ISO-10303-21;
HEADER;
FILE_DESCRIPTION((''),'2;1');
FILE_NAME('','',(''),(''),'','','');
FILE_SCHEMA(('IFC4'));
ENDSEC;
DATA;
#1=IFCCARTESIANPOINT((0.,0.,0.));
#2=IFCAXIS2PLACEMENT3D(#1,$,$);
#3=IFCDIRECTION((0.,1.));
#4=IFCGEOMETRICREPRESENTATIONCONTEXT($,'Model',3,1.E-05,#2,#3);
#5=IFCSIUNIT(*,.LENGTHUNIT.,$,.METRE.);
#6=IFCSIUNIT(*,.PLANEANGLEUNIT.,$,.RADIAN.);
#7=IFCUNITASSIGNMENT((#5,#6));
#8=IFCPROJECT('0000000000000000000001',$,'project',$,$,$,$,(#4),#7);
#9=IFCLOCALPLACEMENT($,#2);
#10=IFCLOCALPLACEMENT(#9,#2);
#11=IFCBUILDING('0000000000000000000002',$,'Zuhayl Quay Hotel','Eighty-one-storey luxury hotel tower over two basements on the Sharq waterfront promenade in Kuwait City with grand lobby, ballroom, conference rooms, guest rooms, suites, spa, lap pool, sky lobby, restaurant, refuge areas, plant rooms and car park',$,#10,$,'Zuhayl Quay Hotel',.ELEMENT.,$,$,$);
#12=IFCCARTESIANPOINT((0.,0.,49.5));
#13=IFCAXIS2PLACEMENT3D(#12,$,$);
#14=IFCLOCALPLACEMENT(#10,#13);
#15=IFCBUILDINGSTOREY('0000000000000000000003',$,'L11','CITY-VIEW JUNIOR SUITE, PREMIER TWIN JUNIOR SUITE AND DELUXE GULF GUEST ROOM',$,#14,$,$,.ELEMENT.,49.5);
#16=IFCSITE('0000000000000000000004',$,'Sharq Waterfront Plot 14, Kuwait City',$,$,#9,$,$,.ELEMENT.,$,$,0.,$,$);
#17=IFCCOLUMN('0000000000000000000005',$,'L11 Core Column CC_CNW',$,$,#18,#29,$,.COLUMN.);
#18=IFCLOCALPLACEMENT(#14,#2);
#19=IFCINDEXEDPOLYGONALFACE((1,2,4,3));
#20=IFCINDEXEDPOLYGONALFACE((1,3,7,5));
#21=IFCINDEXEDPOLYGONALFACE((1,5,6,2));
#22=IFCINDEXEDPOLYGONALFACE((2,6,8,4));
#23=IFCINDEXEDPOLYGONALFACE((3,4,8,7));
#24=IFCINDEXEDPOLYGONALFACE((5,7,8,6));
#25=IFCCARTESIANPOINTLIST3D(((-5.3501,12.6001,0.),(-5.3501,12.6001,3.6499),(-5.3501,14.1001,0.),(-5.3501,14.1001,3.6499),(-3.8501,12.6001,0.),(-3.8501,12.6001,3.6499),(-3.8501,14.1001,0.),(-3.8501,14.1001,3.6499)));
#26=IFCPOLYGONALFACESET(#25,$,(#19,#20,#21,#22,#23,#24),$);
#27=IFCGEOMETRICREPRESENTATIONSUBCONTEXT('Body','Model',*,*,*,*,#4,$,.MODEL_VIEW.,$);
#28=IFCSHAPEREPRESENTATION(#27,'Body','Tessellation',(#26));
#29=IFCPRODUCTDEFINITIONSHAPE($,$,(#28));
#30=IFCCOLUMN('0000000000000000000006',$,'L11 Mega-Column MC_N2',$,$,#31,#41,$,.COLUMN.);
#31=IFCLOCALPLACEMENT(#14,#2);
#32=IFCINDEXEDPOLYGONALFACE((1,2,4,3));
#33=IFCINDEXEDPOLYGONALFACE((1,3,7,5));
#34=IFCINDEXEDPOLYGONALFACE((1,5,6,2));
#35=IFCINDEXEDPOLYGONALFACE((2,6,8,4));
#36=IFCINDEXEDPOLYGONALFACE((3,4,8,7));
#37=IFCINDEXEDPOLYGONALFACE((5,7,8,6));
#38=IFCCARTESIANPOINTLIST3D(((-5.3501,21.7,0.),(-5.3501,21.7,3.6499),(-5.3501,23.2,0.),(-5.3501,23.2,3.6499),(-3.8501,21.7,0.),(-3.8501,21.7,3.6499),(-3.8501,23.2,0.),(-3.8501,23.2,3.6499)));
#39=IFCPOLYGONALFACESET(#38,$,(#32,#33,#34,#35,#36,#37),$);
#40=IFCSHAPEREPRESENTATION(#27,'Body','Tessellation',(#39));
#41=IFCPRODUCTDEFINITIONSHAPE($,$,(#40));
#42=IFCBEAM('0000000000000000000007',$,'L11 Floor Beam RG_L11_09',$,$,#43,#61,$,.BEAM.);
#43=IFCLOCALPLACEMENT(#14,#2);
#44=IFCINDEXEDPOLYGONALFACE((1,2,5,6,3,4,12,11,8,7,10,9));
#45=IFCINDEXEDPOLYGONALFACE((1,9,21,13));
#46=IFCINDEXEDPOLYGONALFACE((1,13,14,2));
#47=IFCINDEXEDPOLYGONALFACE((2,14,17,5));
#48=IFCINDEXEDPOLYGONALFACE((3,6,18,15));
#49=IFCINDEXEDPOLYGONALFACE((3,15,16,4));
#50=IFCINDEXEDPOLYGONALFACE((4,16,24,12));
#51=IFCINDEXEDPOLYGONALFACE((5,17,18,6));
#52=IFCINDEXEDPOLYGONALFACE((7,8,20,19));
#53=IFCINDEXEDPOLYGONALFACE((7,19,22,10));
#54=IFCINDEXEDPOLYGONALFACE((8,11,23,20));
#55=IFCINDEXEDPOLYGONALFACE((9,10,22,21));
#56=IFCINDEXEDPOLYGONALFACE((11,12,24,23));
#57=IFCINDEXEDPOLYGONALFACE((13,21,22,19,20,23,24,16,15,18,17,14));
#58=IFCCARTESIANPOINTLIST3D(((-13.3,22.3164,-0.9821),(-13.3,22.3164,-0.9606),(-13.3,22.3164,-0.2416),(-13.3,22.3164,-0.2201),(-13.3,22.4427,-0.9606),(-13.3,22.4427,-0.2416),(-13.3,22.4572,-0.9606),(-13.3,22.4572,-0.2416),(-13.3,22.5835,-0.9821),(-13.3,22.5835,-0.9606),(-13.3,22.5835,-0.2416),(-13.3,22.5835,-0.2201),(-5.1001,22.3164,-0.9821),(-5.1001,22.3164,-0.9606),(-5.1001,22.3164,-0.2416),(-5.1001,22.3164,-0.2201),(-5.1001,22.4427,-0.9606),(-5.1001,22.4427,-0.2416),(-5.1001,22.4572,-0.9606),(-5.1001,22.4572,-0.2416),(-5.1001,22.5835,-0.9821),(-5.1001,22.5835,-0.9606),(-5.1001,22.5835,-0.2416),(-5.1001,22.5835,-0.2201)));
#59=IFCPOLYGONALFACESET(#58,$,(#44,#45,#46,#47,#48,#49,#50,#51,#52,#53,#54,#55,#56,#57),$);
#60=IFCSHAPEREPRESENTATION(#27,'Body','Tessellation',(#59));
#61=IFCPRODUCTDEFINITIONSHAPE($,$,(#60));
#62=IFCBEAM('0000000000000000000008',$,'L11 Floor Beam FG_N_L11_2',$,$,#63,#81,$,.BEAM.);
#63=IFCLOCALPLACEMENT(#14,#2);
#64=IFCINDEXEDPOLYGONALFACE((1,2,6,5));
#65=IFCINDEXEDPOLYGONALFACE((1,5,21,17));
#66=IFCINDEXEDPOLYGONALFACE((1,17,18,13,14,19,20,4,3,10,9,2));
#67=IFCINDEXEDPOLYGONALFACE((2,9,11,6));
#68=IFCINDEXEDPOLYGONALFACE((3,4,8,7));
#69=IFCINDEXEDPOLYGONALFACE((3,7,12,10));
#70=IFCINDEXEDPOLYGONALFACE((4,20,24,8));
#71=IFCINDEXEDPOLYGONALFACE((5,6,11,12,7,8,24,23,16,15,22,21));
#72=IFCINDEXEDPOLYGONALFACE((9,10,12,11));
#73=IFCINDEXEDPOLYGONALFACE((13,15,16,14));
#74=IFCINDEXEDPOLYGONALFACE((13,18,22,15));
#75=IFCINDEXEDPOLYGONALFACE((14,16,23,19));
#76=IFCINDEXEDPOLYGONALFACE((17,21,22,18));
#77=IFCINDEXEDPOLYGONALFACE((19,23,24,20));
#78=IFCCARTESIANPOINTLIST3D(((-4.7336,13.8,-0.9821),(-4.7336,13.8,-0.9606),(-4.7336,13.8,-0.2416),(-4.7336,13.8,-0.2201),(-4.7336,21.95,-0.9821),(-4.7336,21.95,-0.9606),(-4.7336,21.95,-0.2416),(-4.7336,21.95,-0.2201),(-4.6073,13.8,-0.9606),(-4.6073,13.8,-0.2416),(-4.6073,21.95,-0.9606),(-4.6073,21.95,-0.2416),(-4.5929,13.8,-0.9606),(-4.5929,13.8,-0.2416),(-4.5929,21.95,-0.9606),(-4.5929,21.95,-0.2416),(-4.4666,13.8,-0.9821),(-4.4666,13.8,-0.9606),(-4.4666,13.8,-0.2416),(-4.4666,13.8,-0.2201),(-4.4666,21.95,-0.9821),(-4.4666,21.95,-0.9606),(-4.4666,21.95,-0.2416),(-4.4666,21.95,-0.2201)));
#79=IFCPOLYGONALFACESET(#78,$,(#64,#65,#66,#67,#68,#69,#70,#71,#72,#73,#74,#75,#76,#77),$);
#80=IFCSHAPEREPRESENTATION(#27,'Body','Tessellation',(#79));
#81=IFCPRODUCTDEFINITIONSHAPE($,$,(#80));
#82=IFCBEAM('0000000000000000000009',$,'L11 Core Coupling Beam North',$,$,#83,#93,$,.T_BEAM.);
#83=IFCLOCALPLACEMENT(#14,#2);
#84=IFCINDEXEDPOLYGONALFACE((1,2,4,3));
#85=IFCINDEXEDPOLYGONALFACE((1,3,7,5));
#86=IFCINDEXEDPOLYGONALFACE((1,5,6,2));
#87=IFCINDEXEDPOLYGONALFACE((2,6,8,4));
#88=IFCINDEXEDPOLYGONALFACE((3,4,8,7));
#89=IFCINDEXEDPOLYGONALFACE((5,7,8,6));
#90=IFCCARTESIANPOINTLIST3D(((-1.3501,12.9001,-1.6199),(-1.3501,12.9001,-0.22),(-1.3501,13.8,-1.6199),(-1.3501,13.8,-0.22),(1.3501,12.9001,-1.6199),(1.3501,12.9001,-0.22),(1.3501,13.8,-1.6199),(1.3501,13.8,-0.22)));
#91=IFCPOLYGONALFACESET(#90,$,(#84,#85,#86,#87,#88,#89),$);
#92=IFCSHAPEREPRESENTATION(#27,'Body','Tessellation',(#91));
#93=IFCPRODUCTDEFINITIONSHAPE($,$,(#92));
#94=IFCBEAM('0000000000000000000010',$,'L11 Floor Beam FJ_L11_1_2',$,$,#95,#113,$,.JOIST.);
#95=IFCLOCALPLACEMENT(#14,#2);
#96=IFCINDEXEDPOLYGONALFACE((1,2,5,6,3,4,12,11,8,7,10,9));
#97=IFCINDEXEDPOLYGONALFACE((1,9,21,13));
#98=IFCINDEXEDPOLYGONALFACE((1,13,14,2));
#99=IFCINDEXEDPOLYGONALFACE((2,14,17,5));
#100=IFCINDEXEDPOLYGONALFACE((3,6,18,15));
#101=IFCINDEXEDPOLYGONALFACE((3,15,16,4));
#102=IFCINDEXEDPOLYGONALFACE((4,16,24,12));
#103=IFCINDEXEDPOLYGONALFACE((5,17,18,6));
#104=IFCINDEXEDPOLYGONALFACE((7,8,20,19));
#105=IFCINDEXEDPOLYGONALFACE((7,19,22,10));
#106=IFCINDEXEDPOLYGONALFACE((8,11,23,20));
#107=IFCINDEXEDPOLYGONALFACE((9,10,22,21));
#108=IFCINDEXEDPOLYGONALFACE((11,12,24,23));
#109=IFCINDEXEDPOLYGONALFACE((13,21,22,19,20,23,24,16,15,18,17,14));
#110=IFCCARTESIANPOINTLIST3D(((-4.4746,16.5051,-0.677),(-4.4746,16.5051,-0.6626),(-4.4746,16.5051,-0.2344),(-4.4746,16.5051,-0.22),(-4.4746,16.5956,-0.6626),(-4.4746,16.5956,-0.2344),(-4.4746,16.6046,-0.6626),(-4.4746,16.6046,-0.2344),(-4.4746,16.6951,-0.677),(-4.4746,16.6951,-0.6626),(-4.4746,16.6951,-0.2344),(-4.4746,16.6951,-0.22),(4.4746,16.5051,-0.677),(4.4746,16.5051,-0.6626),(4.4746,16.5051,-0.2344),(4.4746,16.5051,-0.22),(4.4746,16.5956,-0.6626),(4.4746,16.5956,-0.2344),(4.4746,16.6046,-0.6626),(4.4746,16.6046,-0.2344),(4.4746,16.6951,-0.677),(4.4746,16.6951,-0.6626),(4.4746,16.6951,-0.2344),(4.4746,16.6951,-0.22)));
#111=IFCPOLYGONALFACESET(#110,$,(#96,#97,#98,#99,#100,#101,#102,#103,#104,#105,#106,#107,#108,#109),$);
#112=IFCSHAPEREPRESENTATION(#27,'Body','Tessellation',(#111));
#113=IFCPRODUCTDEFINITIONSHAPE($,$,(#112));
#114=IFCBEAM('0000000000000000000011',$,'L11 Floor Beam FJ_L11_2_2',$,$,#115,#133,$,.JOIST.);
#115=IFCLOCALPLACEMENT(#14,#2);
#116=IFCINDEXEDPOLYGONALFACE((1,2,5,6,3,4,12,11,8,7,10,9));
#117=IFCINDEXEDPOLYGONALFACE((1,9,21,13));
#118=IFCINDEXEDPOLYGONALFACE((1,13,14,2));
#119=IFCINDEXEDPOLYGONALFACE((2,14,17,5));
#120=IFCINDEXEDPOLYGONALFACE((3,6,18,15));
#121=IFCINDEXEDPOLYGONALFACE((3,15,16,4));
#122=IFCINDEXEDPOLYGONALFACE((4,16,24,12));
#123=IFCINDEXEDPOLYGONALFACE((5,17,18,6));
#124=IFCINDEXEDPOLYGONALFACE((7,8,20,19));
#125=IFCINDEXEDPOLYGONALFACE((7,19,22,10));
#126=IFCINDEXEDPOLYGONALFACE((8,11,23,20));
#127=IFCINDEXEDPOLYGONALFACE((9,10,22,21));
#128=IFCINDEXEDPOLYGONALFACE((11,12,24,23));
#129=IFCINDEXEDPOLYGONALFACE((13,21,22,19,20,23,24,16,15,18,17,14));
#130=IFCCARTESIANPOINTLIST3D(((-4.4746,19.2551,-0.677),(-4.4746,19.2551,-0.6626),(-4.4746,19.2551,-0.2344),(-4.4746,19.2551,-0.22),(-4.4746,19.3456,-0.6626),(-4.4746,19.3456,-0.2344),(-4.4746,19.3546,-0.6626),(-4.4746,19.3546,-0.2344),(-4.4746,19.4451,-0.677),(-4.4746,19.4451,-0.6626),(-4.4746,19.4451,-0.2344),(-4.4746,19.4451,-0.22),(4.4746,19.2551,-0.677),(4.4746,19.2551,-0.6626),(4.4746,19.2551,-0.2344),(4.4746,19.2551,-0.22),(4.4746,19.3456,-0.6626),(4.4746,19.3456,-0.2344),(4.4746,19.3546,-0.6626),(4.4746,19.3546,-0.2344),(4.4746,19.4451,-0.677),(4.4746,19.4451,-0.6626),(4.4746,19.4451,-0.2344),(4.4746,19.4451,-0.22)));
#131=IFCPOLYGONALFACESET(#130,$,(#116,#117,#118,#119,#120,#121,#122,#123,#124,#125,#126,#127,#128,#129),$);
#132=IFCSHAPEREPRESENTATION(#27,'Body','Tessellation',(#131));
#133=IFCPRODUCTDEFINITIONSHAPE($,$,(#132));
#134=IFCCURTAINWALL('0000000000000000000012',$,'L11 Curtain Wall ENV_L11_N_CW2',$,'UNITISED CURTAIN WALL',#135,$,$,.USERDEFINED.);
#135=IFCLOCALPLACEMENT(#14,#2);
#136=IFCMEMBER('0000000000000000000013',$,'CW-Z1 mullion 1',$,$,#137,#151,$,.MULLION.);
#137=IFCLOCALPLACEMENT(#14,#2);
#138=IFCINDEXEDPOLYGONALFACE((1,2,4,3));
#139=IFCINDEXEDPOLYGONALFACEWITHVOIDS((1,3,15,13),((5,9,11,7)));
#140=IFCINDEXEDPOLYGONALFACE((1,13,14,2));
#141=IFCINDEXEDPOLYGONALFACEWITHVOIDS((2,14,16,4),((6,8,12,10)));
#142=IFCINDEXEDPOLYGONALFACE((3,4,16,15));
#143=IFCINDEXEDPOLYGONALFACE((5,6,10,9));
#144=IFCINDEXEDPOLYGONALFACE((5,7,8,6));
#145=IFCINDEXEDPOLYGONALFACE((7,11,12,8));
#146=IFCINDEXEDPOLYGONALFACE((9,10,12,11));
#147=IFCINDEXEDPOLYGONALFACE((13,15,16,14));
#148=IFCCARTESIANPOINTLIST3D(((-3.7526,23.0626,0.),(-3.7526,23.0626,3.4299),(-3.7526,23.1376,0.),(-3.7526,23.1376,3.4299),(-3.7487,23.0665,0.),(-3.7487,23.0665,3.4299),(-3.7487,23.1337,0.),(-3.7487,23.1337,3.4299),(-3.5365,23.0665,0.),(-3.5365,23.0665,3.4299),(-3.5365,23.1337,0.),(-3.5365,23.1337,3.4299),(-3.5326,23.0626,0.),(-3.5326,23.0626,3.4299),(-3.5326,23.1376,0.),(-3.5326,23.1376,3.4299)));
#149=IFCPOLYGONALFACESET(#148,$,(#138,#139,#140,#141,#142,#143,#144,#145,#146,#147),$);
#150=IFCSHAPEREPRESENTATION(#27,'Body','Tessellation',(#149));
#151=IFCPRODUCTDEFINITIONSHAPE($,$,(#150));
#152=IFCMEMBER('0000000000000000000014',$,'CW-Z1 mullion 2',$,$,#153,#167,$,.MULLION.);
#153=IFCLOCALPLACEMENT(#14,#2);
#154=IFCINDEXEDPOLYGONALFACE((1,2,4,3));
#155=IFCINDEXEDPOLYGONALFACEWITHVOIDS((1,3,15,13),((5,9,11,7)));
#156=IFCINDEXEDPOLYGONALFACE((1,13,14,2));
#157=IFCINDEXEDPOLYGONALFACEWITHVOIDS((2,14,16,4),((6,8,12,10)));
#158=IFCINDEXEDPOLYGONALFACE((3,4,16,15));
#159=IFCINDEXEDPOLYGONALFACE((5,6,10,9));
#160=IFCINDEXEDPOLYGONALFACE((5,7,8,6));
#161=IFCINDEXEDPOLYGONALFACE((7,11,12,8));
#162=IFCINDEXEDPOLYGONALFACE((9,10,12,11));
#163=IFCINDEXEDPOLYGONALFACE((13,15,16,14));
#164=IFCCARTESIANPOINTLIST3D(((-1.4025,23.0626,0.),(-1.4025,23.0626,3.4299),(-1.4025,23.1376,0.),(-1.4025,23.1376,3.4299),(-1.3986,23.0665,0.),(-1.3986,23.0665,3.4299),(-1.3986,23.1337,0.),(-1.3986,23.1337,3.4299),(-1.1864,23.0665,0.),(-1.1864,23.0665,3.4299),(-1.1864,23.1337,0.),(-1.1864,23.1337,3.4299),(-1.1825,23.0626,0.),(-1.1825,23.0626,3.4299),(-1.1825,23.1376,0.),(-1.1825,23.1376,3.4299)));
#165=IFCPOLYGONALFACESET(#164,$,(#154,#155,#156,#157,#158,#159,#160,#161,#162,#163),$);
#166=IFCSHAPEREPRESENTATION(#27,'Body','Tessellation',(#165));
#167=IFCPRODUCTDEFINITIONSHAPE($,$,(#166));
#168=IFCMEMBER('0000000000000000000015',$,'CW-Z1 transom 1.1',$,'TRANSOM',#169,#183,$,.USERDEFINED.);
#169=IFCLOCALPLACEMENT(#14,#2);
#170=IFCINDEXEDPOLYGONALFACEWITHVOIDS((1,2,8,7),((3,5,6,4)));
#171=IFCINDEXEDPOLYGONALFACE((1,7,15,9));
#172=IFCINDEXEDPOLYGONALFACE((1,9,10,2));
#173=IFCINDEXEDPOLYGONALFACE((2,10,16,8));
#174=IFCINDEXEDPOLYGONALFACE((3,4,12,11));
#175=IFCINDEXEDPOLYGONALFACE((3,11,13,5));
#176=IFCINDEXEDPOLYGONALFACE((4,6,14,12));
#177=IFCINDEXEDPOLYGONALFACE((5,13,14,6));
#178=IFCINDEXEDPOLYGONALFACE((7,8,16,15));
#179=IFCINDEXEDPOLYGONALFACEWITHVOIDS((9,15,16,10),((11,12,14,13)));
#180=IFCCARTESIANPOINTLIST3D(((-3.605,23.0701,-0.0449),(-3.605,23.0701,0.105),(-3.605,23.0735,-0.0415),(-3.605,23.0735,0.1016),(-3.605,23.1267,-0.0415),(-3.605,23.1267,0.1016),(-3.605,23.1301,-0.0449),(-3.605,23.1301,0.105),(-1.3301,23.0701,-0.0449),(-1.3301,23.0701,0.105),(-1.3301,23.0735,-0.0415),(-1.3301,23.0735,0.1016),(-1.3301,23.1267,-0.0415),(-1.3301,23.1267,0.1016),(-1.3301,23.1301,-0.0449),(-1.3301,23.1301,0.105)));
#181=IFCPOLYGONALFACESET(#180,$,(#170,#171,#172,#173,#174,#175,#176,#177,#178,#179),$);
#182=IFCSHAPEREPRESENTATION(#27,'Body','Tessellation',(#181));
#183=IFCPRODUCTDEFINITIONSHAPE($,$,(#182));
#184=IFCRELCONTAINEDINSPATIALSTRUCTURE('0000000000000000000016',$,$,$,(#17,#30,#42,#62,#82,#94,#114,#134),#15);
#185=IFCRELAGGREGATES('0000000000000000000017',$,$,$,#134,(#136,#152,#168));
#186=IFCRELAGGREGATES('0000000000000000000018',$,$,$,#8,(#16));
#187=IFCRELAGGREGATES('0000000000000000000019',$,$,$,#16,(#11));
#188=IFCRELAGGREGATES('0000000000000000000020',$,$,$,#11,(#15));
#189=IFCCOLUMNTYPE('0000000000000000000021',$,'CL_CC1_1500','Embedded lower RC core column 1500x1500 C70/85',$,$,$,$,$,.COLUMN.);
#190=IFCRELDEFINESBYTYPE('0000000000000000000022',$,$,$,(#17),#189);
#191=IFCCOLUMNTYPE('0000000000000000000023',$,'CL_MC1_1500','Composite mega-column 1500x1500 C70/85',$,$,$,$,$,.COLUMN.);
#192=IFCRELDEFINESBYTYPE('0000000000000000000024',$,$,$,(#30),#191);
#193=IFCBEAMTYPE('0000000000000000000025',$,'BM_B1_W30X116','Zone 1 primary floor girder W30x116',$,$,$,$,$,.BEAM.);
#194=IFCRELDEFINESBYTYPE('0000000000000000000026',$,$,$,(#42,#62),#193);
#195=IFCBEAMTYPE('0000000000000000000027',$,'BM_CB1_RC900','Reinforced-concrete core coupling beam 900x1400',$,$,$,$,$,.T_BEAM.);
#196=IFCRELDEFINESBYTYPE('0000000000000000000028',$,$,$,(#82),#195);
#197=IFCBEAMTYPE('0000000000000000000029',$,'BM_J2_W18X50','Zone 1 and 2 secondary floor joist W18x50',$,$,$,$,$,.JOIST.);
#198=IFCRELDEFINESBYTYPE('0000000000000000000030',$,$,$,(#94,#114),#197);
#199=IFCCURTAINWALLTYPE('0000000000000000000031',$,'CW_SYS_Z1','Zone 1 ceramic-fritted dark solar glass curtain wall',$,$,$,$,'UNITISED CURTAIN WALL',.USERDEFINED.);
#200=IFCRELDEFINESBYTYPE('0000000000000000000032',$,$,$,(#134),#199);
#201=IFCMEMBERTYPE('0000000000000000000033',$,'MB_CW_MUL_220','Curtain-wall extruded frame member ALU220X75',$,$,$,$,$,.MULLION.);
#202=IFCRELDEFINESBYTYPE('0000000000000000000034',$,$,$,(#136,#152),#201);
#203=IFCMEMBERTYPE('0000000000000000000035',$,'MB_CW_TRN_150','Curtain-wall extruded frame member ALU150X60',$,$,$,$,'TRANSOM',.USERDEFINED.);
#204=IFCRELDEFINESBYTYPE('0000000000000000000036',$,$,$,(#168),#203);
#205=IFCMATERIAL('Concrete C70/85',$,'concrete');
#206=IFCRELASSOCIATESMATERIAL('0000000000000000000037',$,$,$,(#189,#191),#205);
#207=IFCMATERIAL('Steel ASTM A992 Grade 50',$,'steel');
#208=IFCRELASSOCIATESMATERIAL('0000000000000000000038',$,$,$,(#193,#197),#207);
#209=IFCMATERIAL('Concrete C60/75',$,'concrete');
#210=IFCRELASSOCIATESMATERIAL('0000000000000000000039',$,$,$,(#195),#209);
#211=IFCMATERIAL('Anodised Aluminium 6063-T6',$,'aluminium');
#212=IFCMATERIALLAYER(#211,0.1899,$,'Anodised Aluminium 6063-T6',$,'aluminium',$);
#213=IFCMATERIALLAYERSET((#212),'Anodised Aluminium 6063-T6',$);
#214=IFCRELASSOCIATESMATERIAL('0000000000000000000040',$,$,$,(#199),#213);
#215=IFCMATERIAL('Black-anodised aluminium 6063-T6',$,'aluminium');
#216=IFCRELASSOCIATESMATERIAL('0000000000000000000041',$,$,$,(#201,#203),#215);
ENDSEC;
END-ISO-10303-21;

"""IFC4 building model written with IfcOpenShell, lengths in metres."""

from ifc_helpers import new_model, si_unit, direction, frame, origin, origin_2d, place, context, subcontext, project, spatial, rectangle, hollow_rectangle, i_section, extrude, material, layer, layer_set, material_profile, profile_set, type_object, element, aggregate, save


model = new_model("IFC4")

# Units and contexts
model_context = context("Model", 3, precision=1e-05, world=origin(), true_north=direction((0.0, 1.0)))
body_context = subcontext(model_context, "Body", "Model", "MODEL_VIEW")
ifc_project = project(units=[si_unit("LENGTHUNIT", "METRE"), si_unit("PLANEANGLEUNIT", "RADIAN")], contexts=[model_context])

# Site, building, storey
site_placement = place(None, origin())
site = spatial("IfcSite", under=ifc_project, at=site_placement, Name="Sharq Waterfront Plot 14, Kuwait City", CompositionType="ELEMENT", RefElevation=0.0)
building_placement = place(site_placement, origin())
building = spatial("IfcBuilding", under=site, at=building_placement, Name="Zuhayl Quay Hotel", Description="Eighty-one-storey luxury hotel tower over two basements on the Sharq waterfront promenade in Kuwait City with grand lobby, ballroom, conference rooms, guest rooms, suites, spa, lap pool, sky lobby, restaurant, refuge areas, plant rooms and car park", LongName="Zuhayl Quay Hotel", CompositionType="ELEMENT")
storey_placement = place(building_placement, frame((0.0, 0.0, 49.5)))
storey = spatial("IfcBuildingStorey", under=building, at=storey_placement, Name="L11", Description="CITY-VIEW JUNIOR SUITE, PREMIER TWIN JUNIOR SUITE AND DELUXE GULF GUEST ROOM", CompositionType="ELEMENT", Elevation=49.5)

# Columns
ifc_material_1 = material(Name="Concrete C70/85", Category="concrete")
ifc_material_profile_1 = material_profile(ifc_material_1, rectangle(XDim=1.5, YDim=1.5, at=origin_2d()), Name="RC1500X1500")
ifc_profile_set_1 = profile_set([ifc_material_profile_1], Name="Concrete C70/85")
column_type_1 = type_object("IfcColumnType", Name="CL_CC1_1500", Description="Embedded lower RC core column 1500x1500 C70/85", PredefinedType="COLUMN", material=ifc_profile_set_1)
column_1_placement = place(storey_placement, frame((-4.6001, 13.3501, 0.0), z_axis=(0.0, 0.0, 1.0), x_axis=(1.0, 0.0, 0.0)))
element("IfcColumn", 1, at=column_1_placement, inside=storey, type_object=column_type_1, Name="L11 Core Column CC_CNW", PredefinedType="COLUMN", context=body_context, shape_type="SweptSolid", body=[
    extrude(rectangle(XDim=1.5, YDim=1.5, at=origin_2d()), origin(), (0.0, 0.0, 1.0), 3.6499),
])
ifc_material_profile_2 = material_profile(ifc_material_1, rectangle(XDim=1.5, YDim=1.5, at=origin_2d()), Name="RC1500X1500")
ifc_profile_set_2 = profile_set([ifc_material_profile_2], Name="Concrete C70/85")
column_type_2 = type_object("IfcColumnType", Name="CL_MC1_1500", Description="Composite mega-column 1500x1500 C70/85", PredefinedType="COLUMN", material=ifc_profile_set_2)
column_2_placement = place(storey_placement, frame((-4.6001, 22.45, 0.0), z_axis=(0.0, 0.0, 1.0), x_axis=(1.0, 0.0, 0.0)))
element("IfcColumn", 2, at=column_2_placement, inside=storey, type_object=column_type_2, Name="L11 Mega-Column MC_N2", PredefinedType="COLUMN", context=body_context, shape_type="SweptSolid", body=[
    extrude(rectangle(XDim=1.5, YDim=1.5, at=origin_2d()), origin(), (0.0, 0.0, 1.0), 3.6499),
])

# Beams
ifc_material_2 = material(Name="Steel ASTM A992 Grade 50", Category="steel")
ifc_material_profile_3 = material_profile(ifc_material_2, i_section(OverallWidth=0.2671, OverallDepth=0.762, WebThickness=0.0144, FlangeThickness=0.0215, at=origin_2d()), Name="W30X116")
ifc_profile_set_3 = profile_set([ifc_material_profile_3], Name="Steel ASTM A992 Grade 50")
beam_type_1 = type_object("IfcBeamType", Name="BM_B1_W30X116", Description="Zone 1 primary floor girder W30x116", PredefinedType="BEAM", material=ifc_profile_set_3)
beam_1_placement = place(storey_placement, frame((-5.1001, 22.45, -0.6011), z_axis=(-1.0, 0.0, 0.0), x_axis=(0.0, -1.0, 0.0)))
element("IfcBeam", 3, at=beam_1_placement, inside=storey, type_object=beam_type_1, Name="L11 Floor Beam RG_L11_09", PredefinedType="BEAM", context=body_context, shape_type="SweptSolid", body=[
    extrude(i_section(OverallWidth=0.2671, OverallDepth=0.762, WebThickness=0.0144, FlangeThickness=0.0215, at=origin_2d()), origin(), (0.0, 0.0, 1.0), 8.2),
])
beam_2_placement = place(storey_placement, frame((-4.6001, 13.8, -0.6011), z_axis=(0.0, 1.0, 0.0), x_axis=(-1.0, 0.0, 0.0)))
element("IfcBeam", 4, at=beam_2_placement, inside=storey, type_object=beam_type_1, Name="L11 Floor Beam FG_N_L11_2", PredefinedType="BEAM", context=body_context, shape_type="SweptSolid", body=[
    extrude(i_section(OverallWidth=0.2671, OverallDepth=0.762, WebThickness=0.0144, FlangeThickness=0.0215, at=origin_2d()), origin(), (0.0, 0.0, 1.0), 8.1499),
])
ifc_material_3 = material(Name="Concrete C60/75", Category="concrete")
ifc_material_profile_4 = material_profile(ifc_material_3, rectangle(XDim=0.8999, YDim=1.3999, at=origin_2d()), Name="RC900X1400")
ifc_profile_set_4 = profile_set([ifc_material_profile_4], Name="Concrete C60/75")
beam_type_2 = type_object("IfcBeamType", Name="BM_CB1_RC900", Description="Reinforced-concrete core coupling beam 900x1400", PredefinedType="T_BEAM", material=ifc_profile_set_4)
beam_3_placement = place(storey_placement, frame((-1.3501, 13.3501, -0.9199), z_axis=(1.0, 0.0, 0.0), x_axis=(0.0, 1.0, 0.0)))
element("IfcBeam", 5, at=beam_3_placement, inside=storey, type_object=beam_type_2, Name="L11 Core Coupling Beam North", PredefinedType="T_BEAM", context=body_context, shape_type="SweptSolid", body=[
    extrude(rectangle(XDim=0.8999, YDim=1.3999, at=origin_2d()), origin(), (0.0, 0.0, 1.0), 2.7002),
])
ifc_material_profile_5 = material_profile(ifc_material_2, i_section(OverallWidth=0.1899, OverallDepth=0.457, WebThickness=0.009, FlangeThickness=0.0144, at=origin_2d()), Name="W18X50")
ifc_profile_set_5 = profile_set([ifc_material_profile_5], Name="Steel ASTM A992 Grade 50")
beam_type_3 = type_object("IfcBeamType", Name="BM_J2_W18X50", Description="Zone 1 and 2 secondary floor joist W18x50", PredefinedType="JOIST", material=ifc_profile_set_5)
for number, where, z_axis, x_axis, name in (
    (6, (-4.4746, 16.6001, -0.4485), (1.0, 0.0, 0.0), (0.0, 1.0, 0.0), "L11 Floor Beam FJ_L11_1_2"),
    (7, (-4.4746, 19.3501, -0.4485), (1.0, 0.0, 0.0), (0.0, 1.0, 0.0), "L11 Floor Beam FJ_L11_2_2"),
):
    element("IfcBeam", number, at=place(storey_placement, frame(where, z_axis=z_axis, x_axis=x_axis)), inside=storey, type_object=beam_type_3, Name=name, PredefinedType="JOIST", context=body_context, shape_type="SweptSolid", body=[
        extrude(i_section(OverallWidth=0.1899, OverallDepth=0.457, WebThickness=0.009, FlangeThickness=0.0144, at=origin_2d()), origin(), (0.0, 0.0, 1.0), 8.9492),
    ])

# Curtain wall, members
ifc_material_4 = material(Name="Anodised Aluminium 6063-T6", Category="aluminium")
ifc_layer_1 = layer(ifc_material_4, 0.1899, Name="Anodised Aluminium 6063-T6", Category="aluminium")
ifc_layer_set_1 = layer_set([ifc_layer_1], Name="Anodised Aluminium 6063-T6")
curtain_wall_type = type_object("IfcCurtainWallType", Name="CW_SYS_Z1", Description="Zone 1 ceramic-fritted dark solar glass curtain wall", ElementType="UNITISED CURTAIN WALL", PredefinedType="USERDEFINED", material=ifc_layer_set_1)
curtain_wall_placement = place(storey_placement, origin())
curtain_wall = element("IfcCurtainWall", 8, at=curtain_wall_placement, inside=storey, type_object=curtain_wall_type, Name="L11 Curtain Wall ENV_L11_N_CW2", ObjectType="UNITISED CURTAIN WALL", PredefinedType="USERDEFINED")
ifc_material_5 = material(Name="Black-anodised aluminium 6063-T6", Category="aluminium")
ifc_material_profile_6 = material_profile(ifc_material_5, hollow_rectangle(XDim=0.075, YDim=0.22, WallThickness=0.0039, at=origin_2d()), Name="ALU220X75")
ifc_profile_set_6 = profile_set([ifc_material_profile_6], Name="Black-anodised aluminium 6063-T6")
member_type_1 = type_object("IfcMemberType", Name="MB_CW_MUL_220", Description="Curtain-wall extruded frame member ALU220X75", PredefinedType="MULLION", material=ifc_profile_set_6)
member_1_placement = place(storey_placement, frame((-3.6426, 23.1001, 0.0), z_axis=(0.0, 0.0, 1.0), x_axis=(0.0, 1.0, 0.0)))
member_1 = element("IfcMember", 9, at=member_1_placement, type_object=member_type_1, Name="CW-Z1 mullion 1", PredefinedType="MULLION", context=body_context, shape_type="SweptSolid", body=[
    extrude(hollow_rectangle(XDim=0.075, YDim=0.22, WallThickness=0.0039, at=origin_2d()), origin(), (0.0, 0.0, 1.0), 3.4299),
])
member_2_placement = place(storey_placement, frame((-1.2925, 23.1001, 0.0), z_axis=(0.0, 0.0, 1.0), x_axis=(0.0, 1.0, 0.0)))
member_2 = element("IfcMember", 10, at=member_2_placement, type_object=member_type_1, Name="CW-Z1 mullion 2", PredefinedType="MULLION", context=body_context, shape_type="SweptSolid", body=[
    extrude(hollow_rectangle(XDim=0.075, YDim=0.22, WallThickness=0.0039, at=origin_2d()), origin(), (0.0, 0.0, 1.0), 3.4299),
])
ifc_material_profile_7 = material_profile(ifc_material_5, hollow_rectangle(XDim=0.0601, YDim=0.1499, WallThickness=0.0034, at=origin_2d()), Name="ALU150X60")
ifc_profile_set_7 = profile_set([ifc_material_profile_7], Name="Black-anodised aluminium 6063-T6")
member_type_2 = type_object("IfcMemberType", Name="MB_CW_TRN_150", Description="Curtain-wall extruded frame member ALU150X60", ElementType="TRANSOM", PredefinedType="USERDEFINED", material=ifc_profile_set_7)
member_3_placement = place(storey_placement, frame((-3.605, 23.1001, 0.03), z_axis=(1.0, 0.0, 0.0), x_axis=(0.0, 1.0, 0.0)))
member_3 = element("IfcMember", 11, at=member_3_placement, type_object=member_type_2, Name="CW-Z1 transom 1.1", ObjectType="TRANSOM", PredefinedType="USERDEFINED", context=body_context, shape_type="SweptSolid", body=[
    extrude(hollow_rectangle(XDim=0.0601, YDim=0.1499, WallThickness=0.0034, at=origin_2d()), origin(), (0.0, 0.0, 1.0), 2.2749),
])
aggregate(curtain_wall, [member_1, member_2, member_3])

save(model, "model.ifc")
